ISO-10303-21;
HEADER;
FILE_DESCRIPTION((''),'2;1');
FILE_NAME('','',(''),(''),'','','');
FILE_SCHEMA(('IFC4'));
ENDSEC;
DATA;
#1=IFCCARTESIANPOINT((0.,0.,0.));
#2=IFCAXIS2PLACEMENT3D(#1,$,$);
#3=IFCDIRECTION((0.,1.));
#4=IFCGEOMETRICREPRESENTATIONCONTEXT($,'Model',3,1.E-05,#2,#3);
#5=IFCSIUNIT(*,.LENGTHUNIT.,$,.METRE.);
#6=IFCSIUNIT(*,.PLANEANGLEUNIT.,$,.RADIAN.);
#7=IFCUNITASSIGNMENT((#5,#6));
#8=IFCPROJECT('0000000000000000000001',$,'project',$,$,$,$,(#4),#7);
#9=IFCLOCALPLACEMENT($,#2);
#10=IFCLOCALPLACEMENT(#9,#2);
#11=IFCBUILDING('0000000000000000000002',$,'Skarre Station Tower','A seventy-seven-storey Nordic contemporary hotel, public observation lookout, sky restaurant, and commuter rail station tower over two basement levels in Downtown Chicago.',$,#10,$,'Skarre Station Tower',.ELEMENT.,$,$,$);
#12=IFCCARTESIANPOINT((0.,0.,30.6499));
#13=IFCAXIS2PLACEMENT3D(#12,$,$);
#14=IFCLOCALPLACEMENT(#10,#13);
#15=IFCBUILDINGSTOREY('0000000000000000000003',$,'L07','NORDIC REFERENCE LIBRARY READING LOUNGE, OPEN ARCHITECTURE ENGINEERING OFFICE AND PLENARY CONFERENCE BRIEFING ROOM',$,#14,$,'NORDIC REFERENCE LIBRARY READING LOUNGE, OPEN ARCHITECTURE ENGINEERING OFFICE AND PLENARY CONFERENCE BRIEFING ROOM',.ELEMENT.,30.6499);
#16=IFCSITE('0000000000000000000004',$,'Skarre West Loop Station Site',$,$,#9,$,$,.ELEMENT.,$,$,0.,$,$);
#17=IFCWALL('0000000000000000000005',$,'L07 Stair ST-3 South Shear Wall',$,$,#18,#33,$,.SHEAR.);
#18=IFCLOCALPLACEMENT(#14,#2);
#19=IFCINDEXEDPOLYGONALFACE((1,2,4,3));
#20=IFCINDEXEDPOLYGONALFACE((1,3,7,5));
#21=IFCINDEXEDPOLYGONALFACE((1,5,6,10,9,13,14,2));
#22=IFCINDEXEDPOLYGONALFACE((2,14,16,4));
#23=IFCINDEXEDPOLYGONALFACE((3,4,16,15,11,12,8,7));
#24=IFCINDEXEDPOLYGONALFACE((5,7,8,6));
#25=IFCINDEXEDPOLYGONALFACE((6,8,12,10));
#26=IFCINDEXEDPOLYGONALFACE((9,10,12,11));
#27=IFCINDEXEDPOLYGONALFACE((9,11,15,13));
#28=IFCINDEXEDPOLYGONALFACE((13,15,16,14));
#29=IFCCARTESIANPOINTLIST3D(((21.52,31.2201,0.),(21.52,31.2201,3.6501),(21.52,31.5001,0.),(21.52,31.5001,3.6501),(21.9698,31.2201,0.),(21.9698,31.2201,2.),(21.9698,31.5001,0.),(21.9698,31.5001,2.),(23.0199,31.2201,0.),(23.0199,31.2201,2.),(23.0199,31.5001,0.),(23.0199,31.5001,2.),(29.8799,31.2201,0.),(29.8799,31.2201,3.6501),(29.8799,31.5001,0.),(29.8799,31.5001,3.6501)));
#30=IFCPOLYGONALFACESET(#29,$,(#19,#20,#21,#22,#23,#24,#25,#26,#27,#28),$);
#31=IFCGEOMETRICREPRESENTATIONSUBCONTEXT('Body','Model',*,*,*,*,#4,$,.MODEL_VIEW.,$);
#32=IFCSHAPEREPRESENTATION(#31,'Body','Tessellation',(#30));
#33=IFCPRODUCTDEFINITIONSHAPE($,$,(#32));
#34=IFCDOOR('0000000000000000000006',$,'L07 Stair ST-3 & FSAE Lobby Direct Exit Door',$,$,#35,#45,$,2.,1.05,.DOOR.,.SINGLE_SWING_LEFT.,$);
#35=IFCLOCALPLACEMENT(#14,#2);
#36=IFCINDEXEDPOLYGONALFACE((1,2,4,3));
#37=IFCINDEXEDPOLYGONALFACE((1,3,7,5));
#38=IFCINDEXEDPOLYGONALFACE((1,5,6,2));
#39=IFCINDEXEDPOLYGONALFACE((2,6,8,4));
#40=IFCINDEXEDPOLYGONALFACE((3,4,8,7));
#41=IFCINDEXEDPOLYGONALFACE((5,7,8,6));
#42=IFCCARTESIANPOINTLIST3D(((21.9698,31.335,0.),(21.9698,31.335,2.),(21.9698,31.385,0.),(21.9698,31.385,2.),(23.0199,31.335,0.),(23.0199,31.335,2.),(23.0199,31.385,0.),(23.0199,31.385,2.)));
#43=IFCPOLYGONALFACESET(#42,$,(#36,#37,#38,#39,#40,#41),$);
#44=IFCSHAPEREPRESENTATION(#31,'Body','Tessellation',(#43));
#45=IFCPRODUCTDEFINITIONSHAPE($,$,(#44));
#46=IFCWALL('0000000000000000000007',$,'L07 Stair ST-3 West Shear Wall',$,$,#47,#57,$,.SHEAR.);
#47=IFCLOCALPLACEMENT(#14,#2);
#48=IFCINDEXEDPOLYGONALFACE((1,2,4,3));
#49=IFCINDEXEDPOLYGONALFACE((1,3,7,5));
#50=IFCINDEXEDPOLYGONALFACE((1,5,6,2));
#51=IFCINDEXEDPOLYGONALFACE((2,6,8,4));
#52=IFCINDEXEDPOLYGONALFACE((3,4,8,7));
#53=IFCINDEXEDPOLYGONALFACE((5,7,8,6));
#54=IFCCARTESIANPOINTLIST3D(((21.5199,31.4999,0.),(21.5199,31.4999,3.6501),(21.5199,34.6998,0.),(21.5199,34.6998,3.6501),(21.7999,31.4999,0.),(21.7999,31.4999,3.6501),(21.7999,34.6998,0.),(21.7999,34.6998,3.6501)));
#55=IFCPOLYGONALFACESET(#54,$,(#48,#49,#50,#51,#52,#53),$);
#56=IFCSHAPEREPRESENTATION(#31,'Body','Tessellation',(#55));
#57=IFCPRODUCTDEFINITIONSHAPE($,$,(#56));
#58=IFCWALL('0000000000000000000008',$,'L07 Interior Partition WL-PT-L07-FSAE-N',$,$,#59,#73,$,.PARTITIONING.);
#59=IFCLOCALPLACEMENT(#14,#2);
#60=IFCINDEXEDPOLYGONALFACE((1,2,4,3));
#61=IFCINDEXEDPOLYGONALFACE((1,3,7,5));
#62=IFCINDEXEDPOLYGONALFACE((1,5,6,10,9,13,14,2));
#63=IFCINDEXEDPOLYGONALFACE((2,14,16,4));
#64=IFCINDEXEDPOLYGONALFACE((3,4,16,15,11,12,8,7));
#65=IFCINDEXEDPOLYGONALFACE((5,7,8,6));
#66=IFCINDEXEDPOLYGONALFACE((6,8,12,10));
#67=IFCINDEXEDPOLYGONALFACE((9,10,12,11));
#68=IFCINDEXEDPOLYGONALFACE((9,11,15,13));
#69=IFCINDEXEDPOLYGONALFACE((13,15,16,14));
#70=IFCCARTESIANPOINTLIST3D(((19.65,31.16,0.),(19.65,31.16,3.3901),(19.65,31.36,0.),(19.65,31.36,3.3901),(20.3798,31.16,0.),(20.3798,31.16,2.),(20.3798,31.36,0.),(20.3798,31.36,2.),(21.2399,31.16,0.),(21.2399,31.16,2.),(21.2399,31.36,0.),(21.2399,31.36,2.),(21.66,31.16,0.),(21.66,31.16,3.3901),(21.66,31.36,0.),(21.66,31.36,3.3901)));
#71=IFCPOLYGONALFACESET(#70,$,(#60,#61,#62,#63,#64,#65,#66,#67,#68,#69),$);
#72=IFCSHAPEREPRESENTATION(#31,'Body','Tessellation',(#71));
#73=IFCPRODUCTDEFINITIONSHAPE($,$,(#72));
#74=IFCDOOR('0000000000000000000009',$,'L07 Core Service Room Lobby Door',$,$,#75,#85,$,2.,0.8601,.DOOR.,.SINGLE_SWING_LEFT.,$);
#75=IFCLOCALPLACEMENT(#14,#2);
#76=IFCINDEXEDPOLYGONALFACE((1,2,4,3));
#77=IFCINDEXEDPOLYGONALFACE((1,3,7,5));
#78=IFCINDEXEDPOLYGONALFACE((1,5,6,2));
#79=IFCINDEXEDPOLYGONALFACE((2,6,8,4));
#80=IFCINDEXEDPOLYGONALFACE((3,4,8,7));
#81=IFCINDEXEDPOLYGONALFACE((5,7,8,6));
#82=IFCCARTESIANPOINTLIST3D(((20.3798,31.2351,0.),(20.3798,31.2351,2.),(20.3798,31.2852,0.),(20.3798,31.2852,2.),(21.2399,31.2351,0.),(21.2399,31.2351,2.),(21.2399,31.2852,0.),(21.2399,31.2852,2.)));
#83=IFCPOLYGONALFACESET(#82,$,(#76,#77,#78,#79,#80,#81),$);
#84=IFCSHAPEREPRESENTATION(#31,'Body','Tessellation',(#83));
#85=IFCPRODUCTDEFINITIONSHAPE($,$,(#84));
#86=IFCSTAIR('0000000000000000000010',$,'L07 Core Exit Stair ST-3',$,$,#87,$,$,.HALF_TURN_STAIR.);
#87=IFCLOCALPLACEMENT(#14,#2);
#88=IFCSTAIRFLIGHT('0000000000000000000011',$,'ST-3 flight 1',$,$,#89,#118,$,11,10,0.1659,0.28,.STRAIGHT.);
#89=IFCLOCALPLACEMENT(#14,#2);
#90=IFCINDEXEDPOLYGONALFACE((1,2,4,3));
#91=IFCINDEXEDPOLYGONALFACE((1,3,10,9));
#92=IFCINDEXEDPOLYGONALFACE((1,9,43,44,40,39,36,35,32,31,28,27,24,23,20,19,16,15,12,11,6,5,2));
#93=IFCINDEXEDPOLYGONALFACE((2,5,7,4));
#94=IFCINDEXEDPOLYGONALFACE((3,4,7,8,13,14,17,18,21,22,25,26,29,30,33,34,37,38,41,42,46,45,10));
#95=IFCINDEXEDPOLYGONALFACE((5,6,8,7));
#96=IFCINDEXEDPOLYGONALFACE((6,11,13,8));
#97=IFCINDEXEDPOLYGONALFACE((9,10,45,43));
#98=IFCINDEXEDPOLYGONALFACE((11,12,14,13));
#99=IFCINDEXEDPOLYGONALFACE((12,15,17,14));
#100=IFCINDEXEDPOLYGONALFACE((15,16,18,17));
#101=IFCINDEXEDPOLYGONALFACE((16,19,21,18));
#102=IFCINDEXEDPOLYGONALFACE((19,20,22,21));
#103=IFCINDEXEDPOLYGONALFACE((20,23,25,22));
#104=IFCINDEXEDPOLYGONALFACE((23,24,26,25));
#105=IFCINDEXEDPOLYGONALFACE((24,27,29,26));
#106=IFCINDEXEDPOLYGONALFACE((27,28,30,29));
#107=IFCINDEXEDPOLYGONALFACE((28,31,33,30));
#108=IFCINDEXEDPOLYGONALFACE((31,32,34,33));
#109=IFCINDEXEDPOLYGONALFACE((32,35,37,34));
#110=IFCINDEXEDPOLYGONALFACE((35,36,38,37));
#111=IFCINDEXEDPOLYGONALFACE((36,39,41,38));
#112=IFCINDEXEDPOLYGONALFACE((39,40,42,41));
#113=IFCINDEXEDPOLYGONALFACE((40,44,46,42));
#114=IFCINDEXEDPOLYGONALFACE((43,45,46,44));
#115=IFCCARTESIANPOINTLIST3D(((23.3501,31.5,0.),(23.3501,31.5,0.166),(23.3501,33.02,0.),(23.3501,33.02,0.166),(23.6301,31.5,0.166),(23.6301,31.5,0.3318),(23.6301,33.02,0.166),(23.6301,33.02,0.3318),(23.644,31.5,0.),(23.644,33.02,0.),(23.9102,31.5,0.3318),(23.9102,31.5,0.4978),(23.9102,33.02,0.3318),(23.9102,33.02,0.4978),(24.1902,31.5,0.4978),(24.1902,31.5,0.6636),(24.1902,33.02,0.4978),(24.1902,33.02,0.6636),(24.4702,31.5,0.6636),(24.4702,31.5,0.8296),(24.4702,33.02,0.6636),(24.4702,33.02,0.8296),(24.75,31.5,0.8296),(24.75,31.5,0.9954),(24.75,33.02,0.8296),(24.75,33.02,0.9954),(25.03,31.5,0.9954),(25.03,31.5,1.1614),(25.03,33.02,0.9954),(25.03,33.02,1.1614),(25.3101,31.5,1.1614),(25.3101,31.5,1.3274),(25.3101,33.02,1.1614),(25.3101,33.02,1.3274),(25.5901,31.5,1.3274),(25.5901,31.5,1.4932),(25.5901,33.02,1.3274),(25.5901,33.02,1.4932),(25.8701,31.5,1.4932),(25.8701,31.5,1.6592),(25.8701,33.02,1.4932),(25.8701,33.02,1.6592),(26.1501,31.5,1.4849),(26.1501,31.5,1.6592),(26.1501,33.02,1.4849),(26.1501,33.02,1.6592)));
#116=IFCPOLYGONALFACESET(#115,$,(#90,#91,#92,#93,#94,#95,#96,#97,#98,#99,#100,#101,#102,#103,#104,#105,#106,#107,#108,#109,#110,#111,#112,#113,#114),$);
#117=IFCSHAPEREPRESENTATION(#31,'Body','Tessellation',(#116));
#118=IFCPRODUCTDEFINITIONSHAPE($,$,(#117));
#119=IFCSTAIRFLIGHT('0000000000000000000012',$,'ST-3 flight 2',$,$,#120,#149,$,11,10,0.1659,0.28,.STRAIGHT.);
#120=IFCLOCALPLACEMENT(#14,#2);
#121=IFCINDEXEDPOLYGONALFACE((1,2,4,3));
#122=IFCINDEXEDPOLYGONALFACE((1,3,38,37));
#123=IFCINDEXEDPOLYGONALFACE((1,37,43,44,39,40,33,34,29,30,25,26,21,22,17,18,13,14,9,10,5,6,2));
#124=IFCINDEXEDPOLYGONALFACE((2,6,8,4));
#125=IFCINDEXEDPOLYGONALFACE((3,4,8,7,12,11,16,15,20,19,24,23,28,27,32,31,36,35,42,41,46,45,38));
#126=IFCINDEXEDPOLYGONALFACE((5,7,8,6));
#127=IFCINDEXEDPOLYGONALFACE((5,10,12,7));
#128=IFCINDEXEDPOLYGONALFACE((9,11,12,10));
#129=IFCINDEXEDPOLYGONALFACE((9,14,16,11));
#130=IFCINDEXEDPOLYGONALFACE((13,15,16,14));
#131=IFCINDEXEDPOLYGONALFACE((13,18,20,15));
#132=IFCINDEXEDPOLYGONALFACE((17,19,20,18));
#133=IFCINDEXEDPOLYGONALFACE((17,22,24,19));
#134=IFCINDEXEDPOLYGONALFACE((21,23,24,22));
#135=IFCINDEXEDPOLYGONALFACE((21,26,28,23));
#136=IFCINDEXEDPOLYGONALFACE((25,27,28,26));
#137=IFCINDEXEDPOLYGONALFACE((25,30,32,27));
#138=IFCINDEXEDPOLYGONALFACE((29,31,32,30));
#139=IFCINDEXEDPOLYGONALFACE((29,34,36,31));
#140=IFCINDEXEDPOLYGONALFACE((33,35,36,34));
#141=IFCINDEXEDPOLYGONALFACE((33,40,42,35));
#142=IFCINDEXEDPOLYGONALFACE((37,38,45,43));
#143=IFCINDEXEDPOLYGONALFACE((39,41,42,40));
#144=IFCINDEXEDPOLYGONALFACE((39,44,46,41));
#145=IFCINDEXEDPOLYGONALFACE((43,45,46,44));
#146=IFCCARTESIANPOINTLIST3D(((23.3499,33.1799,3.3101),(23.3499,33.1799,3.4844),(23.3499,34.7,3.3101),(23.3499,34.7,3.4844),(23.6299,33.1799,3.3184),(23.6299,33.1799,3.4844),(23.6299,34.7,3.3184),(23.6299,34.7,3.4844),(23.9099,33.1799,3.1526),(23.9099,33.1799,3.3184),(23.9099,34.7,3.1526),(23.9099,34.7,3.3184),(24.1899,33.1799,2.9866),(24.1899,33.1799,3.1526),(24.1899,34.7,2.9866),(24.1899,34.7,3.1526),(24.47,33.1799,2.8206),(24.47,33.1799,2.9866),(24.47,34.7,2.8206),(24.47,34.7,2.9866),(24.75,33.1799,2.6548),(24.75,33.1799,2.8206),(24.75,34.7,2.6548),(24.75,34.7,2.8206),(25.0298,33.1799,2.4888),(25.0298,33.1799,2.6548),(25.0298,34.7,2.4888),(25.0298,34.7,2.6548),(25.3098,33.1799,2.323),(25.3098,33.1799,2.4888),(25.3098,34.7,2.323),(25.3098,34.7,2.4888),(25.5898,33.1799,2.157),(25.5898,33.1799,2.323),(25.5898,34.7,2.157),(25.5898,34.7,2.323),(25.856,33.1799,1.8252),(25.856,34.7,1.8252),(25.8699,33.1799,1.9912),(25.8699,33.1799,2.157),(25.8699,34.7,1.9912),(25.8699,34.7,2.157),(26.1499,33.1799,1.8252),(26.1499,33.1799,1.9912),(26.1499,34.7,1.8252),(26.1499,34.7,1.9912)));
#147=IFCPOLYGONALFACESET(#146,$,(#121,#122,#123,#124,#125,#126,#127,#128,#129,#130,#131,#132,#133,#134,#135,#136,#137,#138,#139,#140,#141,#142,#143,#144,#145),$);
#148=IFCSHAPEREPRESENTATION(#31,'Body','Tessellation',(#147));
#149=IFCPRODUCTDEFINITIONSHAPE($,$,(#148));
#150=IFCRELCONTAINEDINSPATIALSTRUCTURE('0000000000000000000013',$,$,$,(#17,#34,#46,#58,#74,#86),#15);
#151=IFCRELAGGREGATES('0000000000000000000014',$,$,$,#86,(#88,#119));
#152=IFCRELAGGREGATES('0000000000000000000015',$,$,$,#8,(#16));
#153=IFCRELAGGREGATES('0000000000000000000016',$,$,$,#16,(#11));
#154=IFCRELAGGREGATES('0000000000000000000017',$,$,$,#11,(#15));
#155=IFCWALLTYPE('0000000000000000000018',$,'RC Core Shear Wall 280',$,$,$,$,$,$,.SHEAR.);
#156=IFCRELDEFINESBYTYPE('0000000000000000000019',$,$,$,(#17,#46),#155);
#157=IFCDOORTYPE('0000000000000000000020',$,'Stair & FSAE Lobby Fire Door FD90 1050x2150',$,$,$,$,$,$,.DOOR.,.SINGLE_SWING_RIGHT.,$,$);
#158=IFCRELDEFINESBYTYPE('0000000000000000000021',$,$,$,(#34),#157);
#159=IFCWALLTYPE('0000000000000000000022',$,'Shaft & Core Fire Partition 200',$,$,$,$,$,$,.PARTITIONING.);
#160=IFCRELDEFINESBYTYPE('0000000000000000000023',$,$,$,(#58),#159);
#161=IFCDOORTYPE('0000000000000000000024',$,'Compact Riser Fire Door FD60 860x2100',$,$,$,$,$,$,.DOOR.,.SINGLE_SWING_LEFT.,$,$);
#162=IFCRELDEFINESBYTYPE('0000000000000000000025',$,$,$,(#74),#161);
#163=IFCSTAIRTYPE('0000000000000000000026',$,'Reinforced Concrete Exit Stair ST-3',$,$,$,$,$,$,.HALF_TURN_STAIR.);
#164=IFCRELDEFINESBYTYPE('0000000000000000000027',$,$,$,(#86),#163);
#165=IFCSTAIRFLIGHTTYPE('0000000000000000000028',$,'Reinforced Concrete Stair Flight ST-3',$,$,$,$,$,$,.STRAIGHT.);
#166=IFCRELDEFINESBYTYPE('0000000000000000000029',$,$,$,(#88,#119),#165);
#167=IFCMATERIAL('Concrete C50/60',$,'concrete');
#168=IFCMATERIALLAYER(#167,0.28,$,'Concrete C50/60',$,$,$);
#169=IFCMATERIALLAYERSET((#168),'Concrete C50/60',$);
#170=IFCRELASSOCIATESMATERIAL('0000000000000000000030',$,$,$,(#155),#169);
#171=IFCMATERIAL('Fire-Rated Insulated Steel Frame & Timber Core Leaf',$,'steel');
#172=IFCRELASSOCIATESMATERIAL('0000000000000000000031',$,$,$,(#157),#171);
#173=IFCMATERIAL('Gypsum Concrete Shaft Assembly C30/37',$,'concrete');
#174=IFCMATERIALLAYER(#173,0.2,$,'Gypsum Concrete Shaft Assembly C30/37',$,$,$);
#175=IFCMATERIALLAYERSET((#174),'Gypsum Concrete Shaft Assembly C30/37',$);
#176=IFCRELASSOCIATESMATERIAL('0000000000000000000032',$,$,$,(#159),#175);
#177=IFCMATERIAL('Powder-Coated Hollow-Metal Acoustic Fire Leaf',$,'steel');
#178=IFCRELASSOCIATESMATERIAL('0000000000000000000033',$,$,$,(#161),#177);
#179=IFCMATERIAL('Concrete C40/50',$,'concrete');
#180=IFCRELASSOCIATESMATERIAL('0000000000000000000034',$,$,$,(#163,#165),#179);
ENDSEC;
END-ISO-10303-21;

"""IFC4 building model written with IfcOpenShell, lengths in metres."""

from ifc_helpers import new_model, si_unit, direction, frame, frame_2d, origin, place, context, subcontext, project, spatial, polyline, rectangle, outline, extrude, material, layer, layer_set, type_object, element, fill, aggregate, save


model = new_model("IFC4")

# Units and contexts
model_context = context("Model", 3, precision=1e-05, world=origin(), true_north=direction((0.0, 1.0)))
body_context = subcontext(model_context, "Body", "Model", "MODEL_VIEW")
ifc_project = project(units=[si_unit("LENGTHUNIT", "METRE"), si_unit("PLANEANGLEUNIT", "RADIAN")], contexts=[model_context])

# Site, building, storey
site_placement = place(None, origin())
site = spatial("IfcSite", under=ifc_project, at=site_placement, Name="Skarre West Loop Station Site", CompositionType="ELEMENT", RefElevation=0.0)
building_placement = place(site_placement, origin())
building = spatial("IfcBuilding", under=site, at=building_placement, Name="Skarre Station Tower", Description="A seventy-seven-storey Nordic contemporary hotel, public observation lookout, sky restaurant, and commuter rail station tower over two basement levels in Downtown Chicago.", LongName="Skarre Station Tower", CompositionType="ELEMENT")
storey_placement = place(building_placement, frame((0.0, 0.0, 30.6499)))
storey = spatial("IfcBuildingStorey", under=building, at=storey_placement, Name="L07", Description="NORDIC REFERENCE LIBRARY READING LOUNGE, OPEN ARCHITECTURE ENGINEERING OFFICE AND PLENARY CONFERENCE BRIEFING ROOM", LongName="NORDIC REFERENCE LIBRARY READING LOUNGE, OPEN ARCHITECTURE ENGINEERING OFFICE AND PLENARY CONFERENCE BRIEFING ROOM", CompositionType="ELEMENT", Elevation=30.6499)

# Wall, opening, door
ifc_material_1 = material(Name="Concrete C50/60", Category="concrete")
ifc_layer_1 = layer(ifc_material_1, 0.28, Name="Concrete C50/60")
ifc_layer_set_1 = layer_set([ifc_layer_1], Name="Concrete C50/60")
wall_type_1 = type_object("IfcWallType", Name="RC Core Shear Wall 280", PredefinedType="SHEAR", material=ifc_layer_set_1)
wall_1_placement = place(storey_placement, frame((21.52, 31.3601, 0.0), z_axis=(0.0, 0.0, 1.0), x_axis=(1.0, 0.0, 0.0)))
wall_1 = element("IfcWall", 1, at=wall_1_placement, inside=storey, type_object=wall_type_1, Name="L07 Stair ST-3 South Shear Wall", PredefinedType="SHEAR", context=body_context, shape_type="SweptSolid", body=[
    extrude(rectangle(XDim=8.3599, YDim=0.28, at=frame_2d((4.1799, 0.0))), origin(), (0.0, 0.0, 1.0), 3.6501),
])
opening_1_placement = place(wall_1_placement, frame((0.45, 0.0, 0.0)))
opening_1 = element("IfcOpeningElement", 2, at=opening_1_placement, cuts=wall_1, PredefinedType="OPENING", context=body_context, shape_type="SweptSolid", body=[
    extrude(rectangle(XDim=1.05, YDim=2.0, at=frame_2d((0.5249, 1.0))), frame((0.0, 0.1499, 0.0), z_axis=(0.0, -1.0, 0.0), x_axis=(1.0, 0.0, 0.0)), (0.0, 0.0, 1.0), 0.3),
])
ifc_material_2 = material(Name="Fire-Rated Insulated Steel Frame & Timber Core Leaf", Category="steel")
door_type_1 = type_object("IfcDoorType", Name="Stair & FSAE Lobby Fire Door FD90 1050x2150", OperationType="SINGLE_SWING_RIGHT", PredefinedType="DOOR", material=ifc_material_2)
door_1_placement = place(opening_1_placement, origin())
door_1 = element("IfcDoor", 3, at=door_1_placement, inside=storey, type_object=door_type_1, Name="L07 Stair ST-3 & FSAE Lobby Direct Exit Door", OperationType="SINGLE_SWING_LEFT", OverallHeight=2.0, OverallWidth=1.05, PredefinedType="DOOR", context=body_context, shape_type="SweptSolid", body=[
    extrude(rectangle(XDim=1.05, YDim=2.0, at=frame_2d((0.5249, 1.0))), frame((0.0, 0.0249, 0.0), z_axis=(0.0, -1.0, 0.0), x_axis=(1.0, 0.0, 0.0)), (0.0, 0.0, 1.0), 0.05),
])
fill(opening_1, door_1)

# Wall
wall_2_placement = place(storey_placement, frame((21.6599, 34.7, 0.0), z_axis=(0.0, 0.0, 1.0), x_axis=(0.0, -1.0, 0.0)))
element("IfcWall", 4, at=wall_2_placement, inside=storey, type_object=wall_type_1, Name="L07 Stair ST-3 West Shear Wall", PredefinedType="SHEAR", context=body_context, shape_type="SweptSolid", body=[
    extrude(rectangle(XDim=3.2, YDim=0.28, at=frame_2d((1.6001, 0.0))), origin(), (0.0, 0.0, 1.0), 3.6501),
])

# Wall, opening, door
ifc_material_3 = material(Name="Gypsum Concrete Shaft Assembly C30/37", Category="concrete")
ifc_layer_2 = layer(ifc_material_3, 0.2, Name="Gypsum Concrete Shaft Assembly C30/37")
ifc_layer_set_2 = layer_set([ifc_layer_2], Name="Gypsum Concrete Shaft Assembly C30/37")
wall_type_2 = type_object("IfcWallType", Name="Shaft & Core Fire Partition 200", PredefinedType="PARTITIONING", material=ifc_layer_set_2)
wall_3_placement = place(storey_placement, frame((21.6599, 31.26, 0.0), z_axis=(0.0, 0.0, 1.0), x_axis=(-1.0, 0.0, 0.0)))
wall_3 = element("IfcWall", 5, at=wall_3_placement, inside=storey, type_object=wall_type_2, Name="L07 Interior Partition WL-PT-L07-FSAE-N", PredefinedType="PARTITIONING", context=body_context, shape_type="SweptSolid", body=[
    extrude(rectangle(XDim=2.01, YDim=0.2, at=frame_2d((1.0049, 0.0))), origin(), (0.0, 0.0, 1.0), 3.3901),
])
opening_2_placement = place(wall_3_placement, frame((0.4199, 0.0, 0.0)))
opening_2 = element("IfcOpeningElement", 6, at=opening_2_placement, cuts=wall_3, PredefinedType="OPENING", context=body_context, shape_type="SweptSolid", body=[
    extrude(rectangle(XDim=0.8601, YDim=2.0, at=frame_2d((0.4302, 1.0))), frame((0.0, 0.1099, 0.0), z_axis=(0.0, -1.0, 0.0), x_axis=(1.0, 0.0, 0.0)), (0.0, 0.0, 1.0), 0.22),
])
ifc_material_4 = material(Name="Powder-Coated Hollow-Metal Acoustic Fire Leaf", Category="steel")
door_type_2 = type_object("IfcDoorType", Name="Compact Riser Fire Door FD60 860x2100", OperationType="SINGLE_SWING_LEFT", PredefinedType="DOOR", material=ifc_material_4)
door_2_placement = place(opening_2_placement, origin())
door_2 = element("IfcDoor", 7, at=door_2_placement, inside=storey, type_object=door_type_2, Name="L07 Core Service Room Lobby Door", OperationType="SINGLE_SWING_LEFT", OverallHeight=2.0, OverallWidth=0.8601, PredefinedType="DOOR", context=body_context, shape_type="SweptSolid", body=[
    extrude(rectangle(XDim=0.8601, YDim=2.0, at=frame_2d((0.4302, 1.0))), frame((0.0, 0.0249, 0.0), z_axis=(0.0, -1.0, 0.0), x_axis=(1.0, 0.0, 0.0)), (0.0, 0.0, 1.0), 0.05),
])
fill(opening_2, door_2)

# Stair, stair flights
ifc_material_5 = material(Name="Concrete C40/50", Category="concrete")
stair_type = type_object("IfcStairType", Name="Reinforced Concrete Exit Stair ST-3", PredefinedType="HALF_TURN_STAIR", material=ifc_material_5)
stair_placement = place(storey_placement, origin())
stair = element("IfcStair", 8, at=stair_placement, inside=storey, type_object=stair_type, Name="L07 Core Exit Stair ST-3", PredefinedType="HALF_TURN_STAIR")
stair_flight_type = type_object("IfcStairFlightType", Name="Reinforced Concrete Stair Flight ST-3", PredefinedType="STRAIGHT", material=ifc_material_5)
stair_flight_1_placement = place(storey_placement, frame((23.3501, 32.26, 0.0), z_axis=(0.0, 0.0, 1.0), x_axis=(1.0, 0.0, 0.0)))
stair_flight_1 = element("IfcStairFlight", 9, at=stair_flight_1_placement, type_object=stair_flight_type, Name="ST-3 flight 1", NumberOfRisers=11, NumberOfTreads=10, PredefinedType="STRAIGHT", RiserHeight=0.1659, TreadLength=0.28, context=body_context, shape_type="SweptSolid", body=[
    extrude(outline(polyline([(0.0, 0.0), (0.0, 0.166), (0.28, 0.166), (0.28, 0.3318), (0.5601, 0.3318), (0.5601, 0.4978), (0.8401, 0.4978), (0.8401, 0.6636), (1.1201, 0.6636), (1.1201, 0.8296), (1.3999, 0.8296), (1.3999, 0.9954), (1.6799, 0.9954), (1.6799, 1.1614), (1.96, 1.1614), (1.96, 1.3274), (2.24, 1.3274), (2.24, 1.4932), (2.52, 1.4932), (2.52, 1.6592), (2.8, 1.6592), (2.8, 1.825), (2.8, 1.4849), (0.2939, 0.0), (0.0, 0.0)])), frame((0.0, 0.76, 0.0), z_axis=(0.0, -1.0, 0.0), x_axis=(1.0, 0.0, 0.0)), (0.0, 0.0, 1.0), 1.52),
])
stair_flight_2_placement = place(storey_placement, frame((26.1499, 33.9399, 1.8252), z_axis=(0.0, 0.0, 1.0), x_axis=(-1.0, 0.0, 0.0)))
stair_flight_2 = element("IfcStairFlight", 10, at=stair_flight_2_placement, type_object=stair_flight_type, Name="ST-3 flight 2", NumberOfRisers=11, NumberOfTreads=10, PredefinedType="STRAIGHT", RiserHeight=0.1659, TreadLength=0.28, context=body_context, shape_type="SweptSolid", body=[
    extrude(outline(polyline([(0.0, 0.0), (0.0, 0.166), (0.28, 0.166), (0.28, 0.3318), (0.5601, 0.3318), (0.5601, 0.4978), (0.8401, 0.4978), (0.8401, 0.6636), (1.1201, 0.6636), (1.1201, 0.8296), (1.3999, 0.8296), (1.3999, 0.9954), (1.6799, 0.9954), (1.6799, 1.1614), (1.96, 1.1614), (1.96, 1.3274), (2.24, 1.3274), (2.24, 1.4932), (2.52, 1.4932), (2.52, 1.6592), (2.8, 1.6592), (2.8, 1.825), (2.8, 1.4849), (0.2939, 0.0), (0.0, 0.0)])), frame((0.0, 0.76, 0.0), z_axis=(0.0, -1.0, 0.0), x_axis=(1.0, 0.0, 0.0)), (0.0, 0.0, 1.0), 1.52),
])
aggregate(stair, [stair_flight_1, stair_flight_2])

save(model, "model.ifc")
